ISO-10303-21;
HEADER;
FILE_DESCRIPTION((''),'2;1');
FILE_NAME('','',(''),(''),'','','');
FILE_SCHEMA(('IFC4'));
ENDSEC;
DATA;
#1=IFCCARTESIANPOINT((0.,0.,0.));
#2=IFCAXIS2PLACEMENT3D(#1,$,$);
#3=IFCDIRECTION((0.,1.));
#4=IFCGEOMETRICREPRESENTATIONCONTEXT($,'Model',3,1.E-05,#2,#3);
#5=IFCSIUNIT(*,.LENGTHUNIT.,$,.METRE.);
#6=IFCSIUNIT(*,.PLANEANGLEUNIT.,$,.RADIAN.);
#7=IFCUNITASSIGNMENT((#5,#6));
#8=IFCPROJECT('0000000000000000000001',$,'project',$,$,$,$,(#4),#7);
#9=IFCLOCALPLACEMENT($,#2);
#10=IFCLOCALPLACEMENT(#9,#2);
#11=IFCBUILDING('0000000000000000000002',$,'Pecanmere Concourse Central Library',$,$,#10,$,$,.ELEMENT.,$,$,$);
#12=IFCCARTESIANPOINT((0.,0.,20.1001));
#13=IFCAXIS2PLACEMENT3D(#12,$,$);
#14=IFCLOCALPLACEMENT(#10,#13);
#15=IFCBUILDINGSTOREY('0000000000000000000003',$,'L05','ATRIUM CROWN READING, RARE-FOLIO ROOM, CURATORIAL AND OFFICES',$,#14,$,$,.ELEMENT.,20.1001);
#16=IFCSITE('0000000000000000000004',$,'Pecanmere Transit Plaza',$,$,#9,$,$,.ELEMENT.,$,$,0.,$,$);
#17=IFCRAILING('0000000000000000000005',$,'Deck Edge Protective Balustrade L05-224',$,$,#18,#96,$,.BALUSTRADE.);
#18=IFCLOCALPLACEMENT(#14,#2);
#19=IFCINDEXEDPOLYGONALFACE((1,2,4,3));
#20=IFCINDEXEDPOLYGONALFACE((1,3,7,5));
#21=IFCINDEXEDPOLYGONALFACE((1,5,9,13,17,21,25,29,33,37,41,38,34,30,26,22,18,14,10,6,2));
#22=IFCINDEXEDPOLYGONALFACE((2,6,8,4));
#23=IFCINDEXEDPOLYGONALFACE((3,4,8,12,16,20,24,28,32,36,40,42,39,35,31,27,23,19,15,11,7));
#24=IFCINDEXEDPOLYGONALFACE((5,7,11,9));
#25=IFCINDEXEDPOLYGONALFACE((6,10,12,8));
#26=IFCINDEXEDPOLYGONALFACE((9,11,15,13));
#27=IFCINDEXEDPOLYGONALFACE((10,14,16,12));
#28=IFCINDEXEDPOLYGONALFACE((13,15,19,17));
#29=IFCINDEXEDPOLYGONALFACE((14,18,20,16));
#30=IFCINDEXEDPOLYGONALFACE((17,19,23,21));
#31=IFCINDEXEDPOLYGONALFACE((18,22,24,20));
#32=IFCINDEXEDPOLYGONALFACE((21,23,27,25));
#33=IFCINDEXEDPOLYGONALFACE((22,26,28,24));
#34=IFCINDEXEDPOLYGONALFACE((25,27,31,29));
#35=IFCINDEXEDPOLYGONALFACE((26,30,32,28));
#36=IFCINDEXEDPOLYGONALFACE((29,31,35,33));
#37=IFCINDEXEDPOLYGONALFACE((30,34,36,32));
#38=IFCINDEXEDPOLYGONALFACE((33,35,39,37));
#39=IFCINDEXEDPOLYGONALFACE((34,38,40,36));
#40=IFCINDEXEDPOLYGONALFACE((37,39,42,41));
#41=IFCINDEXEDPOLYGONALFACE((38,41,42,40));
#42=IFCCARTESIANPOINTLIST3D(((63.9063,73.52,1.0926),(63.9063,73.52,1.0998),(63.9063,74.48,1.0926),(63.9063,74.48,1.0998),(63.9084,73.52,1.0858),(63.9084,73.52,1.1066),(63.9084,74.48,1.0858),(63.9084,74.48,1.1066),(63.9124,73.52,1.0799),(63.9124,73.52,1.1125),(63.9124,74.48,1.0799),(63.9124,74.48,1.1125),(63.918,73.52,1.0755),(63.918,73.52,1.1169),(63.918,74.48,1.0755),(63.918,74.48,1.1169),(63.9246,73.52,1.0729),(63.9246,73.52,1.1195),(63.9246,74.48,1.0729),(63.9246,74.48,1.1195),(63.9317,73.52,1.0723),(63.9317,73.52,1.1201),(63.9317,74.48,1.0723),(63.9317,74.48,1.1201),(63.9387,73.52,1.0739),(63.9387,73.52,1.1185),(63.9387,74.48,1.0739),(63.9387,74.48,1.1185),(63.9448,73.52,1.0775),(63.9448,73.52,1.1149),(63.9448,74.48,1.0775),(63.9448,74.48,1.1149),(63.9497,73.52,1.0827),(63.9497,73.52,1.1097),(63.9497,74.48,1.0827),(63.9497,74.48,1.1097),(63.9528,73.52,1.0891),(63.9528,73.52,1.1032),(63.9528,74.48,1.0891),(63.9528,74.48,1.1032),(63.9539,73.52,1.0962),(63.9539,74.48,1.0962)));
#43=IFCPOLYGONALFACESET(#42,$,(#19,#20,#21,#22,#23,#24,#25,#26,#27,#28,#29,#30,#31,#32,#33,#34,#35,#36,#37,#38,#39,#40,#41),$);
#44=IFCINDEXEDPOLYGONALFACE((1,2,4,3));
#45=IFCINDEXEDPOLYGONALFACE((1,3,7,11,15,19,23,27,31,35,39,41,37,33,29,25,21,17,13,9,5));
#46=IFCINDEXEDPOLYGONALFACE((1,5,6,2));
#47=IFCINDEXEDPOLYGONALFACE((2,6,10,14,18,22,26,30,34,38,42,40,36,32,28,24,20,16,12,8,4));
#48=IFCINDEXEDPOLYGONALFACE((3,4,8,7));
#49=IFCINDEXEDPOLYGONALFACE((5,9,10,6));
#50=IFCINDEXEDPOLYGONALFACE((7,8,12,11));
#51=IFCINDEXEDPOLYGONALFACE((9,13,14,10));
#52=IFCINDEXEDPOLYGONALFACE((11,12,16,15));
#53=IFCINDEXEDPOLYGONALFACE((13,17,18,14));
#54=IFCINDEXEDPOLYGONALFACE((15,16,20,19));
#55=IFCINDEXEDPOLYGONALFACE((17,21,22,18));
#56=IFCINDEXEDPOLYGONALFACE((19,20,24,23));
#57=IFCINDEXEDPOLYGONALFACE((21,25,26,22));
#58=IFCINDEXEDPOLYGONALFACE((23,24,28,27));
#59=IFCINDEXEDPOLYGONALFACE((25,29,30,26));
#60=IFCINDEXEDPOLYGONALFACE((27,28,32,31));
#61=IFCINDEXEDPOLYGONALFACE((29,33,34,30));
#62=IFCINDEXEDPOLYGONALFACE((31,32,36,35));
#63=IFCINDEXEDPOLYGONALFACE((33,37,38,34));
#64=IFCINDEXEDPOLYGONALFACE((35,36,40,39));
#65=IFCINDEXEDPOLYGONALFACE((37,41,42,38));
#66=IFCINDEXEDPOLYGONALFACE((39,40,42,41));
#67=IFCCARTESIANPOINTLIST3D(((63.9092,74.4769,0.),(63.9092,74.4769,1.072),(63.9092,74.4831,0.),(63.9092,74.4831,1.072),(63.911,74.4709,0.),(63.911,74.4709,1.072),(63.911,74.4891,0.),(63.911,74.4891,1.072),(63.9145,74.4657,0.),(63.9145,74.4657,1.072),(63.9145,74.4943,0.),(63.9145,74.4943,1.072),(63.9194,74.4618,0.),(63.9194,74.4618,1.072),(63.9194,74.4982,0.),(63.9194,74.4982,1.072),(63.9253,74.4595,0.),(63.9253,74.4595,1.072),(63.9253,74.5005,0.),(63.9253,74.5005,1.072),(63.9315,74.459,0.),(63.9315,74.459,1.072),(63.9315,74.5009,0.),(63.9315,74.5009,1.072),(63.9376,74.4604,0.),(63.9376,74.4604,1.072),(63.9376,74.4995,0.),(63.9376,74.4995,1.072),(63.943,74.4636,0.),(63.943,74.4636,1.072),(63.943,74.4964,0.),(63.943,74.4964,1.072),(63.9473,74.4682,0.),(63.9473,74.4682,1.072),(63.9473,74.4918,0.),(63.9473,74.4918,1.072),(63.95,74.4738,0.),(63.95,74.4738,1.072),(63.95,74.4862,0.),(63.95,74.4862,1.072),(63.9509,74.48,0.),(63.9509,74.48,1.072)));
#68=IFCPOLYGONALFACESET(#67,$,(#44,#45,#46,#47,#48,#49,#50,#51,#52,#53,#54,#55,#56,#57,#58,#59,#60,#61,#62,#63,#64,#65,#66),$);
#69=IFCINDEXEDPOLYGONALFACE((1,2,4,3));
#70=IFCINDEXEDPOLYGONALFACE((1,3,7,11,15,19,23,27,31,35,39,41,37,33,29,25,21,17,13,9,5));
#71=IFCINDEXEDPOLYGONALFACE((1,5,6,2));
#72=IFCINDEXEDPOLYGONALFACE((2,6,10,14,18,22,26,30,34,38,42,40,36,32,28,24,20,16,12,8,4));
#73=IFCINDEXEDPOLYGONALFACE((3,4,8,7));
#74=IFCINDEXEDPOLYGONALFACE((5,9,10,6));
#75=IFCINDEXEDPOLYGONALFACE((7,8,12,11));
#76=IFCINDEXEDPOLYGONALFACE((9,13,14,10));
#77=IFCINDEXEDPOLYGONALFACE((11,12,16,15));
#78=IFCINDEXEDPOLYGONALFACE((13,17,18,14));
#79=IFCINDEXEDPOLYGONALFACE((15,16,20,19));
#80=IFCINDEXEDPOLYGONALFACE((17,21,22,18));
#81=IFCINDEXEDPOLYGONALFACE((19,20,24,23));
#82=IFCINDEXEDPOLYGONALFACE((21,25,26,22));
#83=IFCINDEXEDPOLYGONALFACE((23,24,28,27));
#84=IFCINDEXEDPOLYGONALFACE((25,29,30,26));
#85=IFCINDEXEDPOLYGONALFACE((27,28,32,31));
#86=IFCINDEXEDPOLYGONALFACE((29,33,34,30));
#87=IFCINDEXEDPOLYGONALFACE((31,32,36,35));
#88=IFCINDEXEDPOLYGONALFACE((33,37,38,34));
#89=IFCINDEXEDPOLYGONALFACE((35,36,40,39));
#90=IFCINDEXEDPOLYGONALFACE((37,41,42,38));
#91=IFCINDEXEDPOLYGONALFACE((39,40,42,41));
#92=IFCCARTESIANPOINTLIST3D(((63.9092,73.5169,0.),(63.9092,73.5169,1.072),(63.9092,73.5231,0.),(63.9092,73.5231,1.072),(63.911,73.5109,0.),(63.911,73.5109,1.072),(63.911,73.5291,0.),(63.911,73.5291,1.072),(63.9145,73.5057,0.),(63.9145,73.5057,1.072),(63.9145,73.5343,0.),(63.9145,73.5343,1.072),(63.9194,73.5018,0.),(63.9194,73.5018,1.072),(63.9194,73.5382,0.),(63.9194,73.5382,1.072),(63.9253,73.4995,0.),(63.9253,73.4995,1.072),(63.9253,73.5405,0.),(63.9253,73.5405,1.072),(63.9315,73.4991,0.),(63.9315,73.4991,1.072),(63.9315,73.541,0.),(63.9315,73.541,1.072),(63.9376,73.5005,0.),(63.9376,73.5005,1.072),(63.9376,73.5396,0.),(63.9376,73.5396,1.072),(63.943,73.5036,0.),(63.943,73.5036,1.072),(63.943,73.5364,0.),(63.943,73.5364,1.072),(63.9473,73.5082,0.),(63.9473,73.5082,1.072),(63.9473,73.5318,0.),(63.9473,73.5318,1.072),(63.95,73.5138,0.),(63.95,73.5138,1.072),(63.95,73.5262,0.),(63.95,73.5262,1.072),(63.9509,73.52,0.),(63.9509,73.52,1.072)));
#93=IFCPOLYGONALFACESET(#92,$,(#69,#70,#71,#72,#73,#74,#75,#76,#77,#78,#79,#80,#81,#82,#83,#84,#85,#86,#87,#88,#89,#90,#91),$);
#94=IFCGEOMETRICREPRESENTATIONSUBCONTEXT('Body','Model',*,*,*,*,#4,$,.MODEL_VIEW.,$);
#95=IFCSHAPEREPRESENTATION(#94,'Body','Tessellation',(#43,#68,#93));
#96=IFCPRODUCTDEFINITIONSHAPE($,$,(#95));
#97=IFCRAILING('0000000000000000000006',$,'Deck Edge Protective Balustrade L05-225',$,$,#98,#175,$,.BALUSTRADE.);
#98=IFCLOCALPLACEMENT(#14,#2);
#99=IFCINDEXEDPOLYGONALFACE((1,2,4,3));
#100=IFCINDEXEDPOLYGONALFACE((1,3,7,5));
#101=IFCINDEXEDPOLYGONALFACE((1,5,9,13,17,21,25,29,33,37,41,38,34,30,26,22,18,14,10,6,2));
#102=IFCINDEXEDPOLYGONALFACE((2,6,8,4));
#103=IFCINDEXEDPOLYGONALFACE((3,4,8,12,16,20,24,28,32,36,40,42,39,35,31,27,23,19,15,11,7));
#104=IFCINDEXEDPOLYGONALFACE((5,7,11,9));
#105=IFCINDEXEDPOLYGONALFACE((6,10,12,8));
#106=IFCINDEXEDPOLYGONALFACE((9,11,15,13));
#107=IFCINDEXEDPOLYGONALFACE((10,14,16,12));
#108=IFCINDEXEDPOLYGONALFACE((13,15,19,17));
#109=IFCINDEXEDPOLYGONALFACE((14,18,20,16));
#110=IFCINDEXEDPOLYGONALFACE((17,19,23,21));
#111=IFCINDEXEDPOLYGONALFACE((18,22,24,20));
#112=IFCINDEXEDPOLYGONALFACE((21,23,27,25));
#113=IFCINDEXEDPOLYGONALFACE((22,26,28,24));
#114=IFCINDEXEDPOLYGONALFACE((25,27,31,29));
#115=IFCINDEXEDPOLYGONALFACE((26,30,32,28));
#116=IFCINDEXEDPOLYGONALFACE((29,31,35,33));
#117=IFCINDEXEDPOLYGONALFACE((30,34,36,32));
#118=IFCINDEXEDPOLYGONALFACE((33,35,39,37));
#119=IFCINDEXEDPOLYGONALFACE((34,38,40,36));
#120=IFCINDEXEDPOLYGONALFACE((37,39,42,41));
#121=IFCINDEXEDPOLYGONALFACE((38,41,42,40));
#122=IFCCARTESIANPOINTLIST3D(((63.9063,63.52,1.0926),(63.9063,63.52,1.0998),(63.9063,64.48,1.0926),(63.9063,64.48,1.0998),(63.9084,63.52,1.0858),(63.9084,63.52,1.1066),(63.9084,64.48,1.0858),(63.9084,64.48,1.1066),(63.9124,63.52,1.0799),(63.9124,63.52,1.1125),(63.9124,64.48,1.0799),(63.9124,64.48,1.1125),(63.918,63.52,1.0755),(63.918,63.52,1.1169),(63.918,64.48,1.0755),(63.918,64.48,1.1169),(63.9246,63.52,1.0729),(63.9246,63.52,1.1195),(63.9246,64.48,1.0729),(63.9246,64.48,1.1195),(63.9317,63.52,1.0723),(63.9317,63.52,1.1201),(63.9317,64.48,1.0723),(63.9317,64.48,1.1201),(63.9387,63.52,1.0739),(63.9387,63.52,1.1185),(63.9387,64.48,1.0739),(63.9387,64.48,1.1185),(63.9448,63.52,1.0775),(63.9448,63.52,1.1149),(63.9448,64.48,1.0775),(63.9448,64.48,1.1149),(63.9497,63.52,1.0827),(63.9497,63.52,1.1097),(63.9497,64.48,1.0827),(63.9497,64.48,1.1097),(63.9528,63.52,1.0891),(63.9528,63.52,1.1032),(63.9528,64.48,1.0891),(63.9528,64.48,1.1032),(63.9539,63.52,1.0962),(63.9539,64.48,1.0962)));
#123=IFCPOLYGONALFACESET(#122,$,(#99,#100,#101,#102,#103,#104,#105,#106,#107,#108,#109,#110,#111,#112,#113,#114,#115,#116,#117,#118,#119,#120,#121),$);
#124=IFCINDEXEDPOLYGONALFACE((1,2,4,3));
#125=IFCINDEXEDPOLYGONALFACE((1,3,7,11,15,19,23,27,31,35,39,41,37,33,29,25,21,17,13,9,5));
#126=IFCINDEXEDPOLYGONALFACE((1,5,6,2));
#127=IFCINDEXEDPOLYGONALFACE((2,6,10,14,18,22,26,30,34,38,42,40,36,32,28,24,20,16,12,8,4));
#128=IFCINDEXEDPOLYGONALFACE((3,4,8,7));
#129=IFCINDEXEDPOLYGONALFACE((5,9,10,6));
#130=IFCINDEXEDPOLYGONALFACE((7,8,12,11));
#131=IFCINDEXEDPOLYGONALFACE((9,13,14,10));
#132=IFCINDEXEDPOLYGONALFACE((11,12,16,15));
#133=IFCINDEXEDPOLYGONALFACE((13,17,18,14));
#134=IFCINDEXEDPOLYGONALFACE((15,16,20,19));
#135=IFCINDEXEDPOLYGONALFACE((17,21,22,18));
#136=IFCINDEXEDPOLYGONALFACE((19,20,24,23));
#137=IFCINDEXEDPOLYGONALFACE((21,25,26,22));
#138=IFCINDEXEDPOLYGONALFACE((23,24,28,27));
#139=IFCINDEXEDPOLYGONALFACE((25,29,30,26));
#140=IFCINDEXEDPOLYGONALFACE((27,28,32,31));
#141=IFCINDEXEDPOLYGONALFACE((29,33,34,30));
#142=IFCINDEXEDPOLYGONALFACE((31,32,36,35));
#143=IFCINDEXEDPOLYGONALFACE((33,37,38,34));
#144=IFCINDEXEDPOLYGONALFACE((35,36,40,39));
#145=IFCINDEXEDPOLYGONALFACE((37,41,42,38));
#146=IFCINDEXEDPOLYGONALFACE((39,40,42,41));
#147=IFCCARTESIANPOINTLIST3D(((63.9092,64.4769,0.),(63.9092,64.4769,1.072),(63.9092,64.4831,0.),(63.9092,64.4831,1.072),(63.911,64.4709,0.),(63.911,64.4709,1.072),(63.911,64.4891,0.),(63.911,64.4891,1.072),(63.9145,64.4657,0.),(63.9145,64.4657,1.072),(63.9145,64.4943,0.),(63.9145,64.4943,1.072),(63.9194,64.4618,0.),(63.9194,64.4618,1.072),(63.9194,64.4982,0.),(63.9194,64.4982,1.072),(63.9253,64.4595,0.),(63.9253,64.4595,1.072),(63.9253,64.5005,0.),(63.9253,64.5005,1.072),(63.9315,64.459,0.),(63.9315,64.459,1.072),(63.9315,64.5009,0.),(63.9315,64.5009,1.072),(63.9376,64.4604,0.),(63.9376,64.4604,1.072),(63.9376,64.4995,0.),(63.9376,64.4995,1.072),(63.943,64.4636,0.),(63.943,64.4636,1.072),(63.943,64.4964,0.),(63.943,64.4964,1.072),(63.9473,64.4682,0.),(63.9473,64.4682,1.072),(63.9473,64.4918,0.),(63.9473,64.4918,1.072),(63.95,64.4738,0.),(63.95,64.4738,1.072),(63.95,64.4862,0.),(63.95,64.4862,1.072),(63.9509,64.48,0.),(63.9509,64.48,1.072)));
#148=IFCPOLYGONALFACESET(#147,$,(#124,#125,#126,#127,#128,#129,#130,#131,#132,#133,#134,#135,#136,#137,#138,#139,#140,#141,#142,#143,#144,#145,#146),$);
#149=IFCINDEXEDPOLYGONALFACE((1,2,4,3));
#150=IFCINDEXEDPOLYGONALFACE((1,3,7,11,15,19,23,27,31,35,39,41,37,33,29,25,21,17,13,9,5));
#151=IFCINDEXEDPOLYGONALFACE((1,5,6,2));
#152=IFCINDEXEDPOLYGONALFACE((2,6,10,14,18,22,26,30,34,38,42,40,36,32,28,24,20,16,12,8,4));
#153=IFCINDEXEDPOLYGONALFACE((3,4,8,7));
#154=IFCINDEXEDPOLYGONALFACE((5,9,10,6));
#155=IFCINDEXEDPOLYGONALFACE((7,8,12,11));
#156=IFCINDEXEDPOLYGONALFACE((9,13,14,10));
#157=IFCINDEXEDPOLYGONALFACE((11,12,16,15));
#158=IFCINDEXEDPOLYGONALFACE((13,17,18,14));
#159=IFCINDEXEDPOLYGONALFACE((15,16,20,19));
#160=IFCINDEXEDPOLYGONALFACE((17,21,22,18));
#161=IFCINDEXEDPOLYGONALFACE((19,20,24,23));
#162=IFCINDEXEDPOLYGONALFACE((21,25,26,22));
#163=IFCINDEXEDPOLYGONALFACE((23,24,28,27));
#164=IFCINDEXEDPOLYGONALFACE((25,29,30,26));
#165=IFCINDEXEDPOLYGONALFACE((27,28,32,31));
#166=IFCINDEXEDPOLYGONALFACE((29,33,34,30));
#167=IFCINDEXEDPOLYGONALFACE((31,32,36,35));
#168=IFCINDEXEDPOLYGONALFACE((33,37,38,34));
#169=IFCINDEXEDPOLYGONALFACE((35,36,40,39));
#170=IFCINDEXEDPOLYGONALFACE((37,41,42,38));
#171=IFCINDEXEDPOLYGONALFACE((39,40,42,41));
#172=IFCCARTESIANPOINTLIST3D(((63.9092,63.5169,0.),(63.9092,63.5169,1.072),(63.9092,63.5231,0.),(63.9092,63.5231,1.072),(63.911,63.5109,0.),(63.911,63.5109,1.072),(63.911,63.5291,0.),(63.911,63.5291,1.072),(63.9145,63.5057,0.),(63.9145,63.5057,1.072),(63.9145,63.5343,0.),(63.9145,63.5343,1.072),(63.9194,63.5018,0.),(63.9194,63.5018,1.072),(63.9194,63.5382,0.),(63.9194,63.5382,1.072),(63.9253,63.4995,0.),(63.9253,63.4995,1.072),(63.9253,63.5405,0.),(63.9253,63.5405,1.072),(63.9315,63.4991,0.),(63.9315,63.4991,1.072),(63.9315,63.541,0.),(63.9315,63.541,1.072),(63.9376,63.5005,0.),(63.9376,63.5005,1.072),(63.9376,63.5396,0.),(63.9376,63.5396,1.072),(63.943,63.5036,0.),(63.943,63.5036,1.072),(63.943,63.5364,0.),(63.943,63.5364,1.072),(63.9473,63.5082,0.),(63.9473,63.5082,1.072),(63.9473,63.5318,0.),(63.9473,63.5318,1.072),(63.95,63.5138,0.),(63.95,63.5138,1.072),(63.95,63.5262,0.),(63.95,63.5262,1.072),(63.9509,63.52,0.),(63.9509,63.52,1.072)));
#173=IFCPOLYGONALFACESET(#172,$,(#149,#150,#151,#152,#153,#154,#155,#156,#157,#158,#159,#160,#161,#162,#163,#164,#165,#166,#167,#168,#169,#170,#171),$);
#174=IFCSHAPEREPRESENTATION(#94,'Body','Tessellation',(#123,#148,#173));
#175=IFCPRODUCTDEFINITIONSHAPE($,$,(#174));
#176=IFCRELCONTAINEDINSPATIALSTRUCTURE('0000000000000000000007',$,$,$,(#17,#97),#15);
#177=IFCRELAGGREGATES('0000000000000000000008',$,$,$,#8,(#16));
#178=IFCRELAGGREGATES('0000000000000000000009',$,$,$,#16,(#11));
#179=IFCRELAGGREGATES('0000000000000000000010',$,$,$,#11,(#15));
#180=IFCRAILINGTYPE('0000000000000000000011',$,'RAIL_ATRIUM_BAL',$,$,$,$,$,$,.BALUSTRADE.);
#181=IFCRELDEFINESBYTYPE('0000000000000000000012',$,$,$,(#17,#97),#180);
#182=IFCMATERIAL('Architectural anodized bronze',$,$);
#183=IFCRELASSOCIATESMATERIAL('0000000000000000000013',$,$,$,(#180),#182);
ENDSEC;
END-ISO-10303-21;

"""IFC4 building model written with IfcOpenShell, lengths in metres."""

from ifc_helpers import new_model, si_unit, direction, frame, origin, origin_2d, place, context, subcontext, project, spatial, circle, extrude, material, type_object, element, save


model = new_model("IFC4")

# Units and contexts
model_context = context("Model", 3, precision=1e-05, world=origin(), true_north=direction((0.0, 1.0)))
body_context = subcontext(model_context, "Body", "Model", "MODEL_VIEW")
ifc_project = project(units=[si_unit("LENGTHUNIT", "METRE"), si_unit("PLANEANGLEUNIT", "RADIAN")], contexts=[model_context])

# Site, building, storey
site_placement = place(None, origin())
site = spatial("IfcSite", under=ifc_project, at=site_placement, Name="Pecanmere Transit Plaza", CompositionType="ELEMENT", RefElevation=0.0)
building_placement = place(site_placement, origin())
building = spatial("IfcBuilding", under=site, at=building_placement, Name="Pecanmere Concourse Central Library", CompositionType="ELEMENT")
storey_placement = place(building_placement, frame((0.0, 0.0, 20.1001)))
storey = spatial("IfcBuildingStorey", under=building, at=storey_placement, Name="L05", Description="ATRIUM CROWN READING, RARE-FOLIO ROOM, CURATORIAL AND OFFICES", CompositionType="ELEMENT", Elevation=20.1001)

# Railings
ifc_material_1 = material(Name="Architectural anodized bronze")
railing_type = type_object("IfcRailingType", Name="RAIL_ATRIUM_BAL", PredefinedType="BALUSTRADE", material=ifc_material_1)
for number, where, name in (
    (1, (63.9299, 74.48, 0.0), "Deck Edge Protective Balustrade L05-224"),
    (2, (63.9299, 64.48, 0.0), "Deck Edge Protective Balustrade L05-225"),
):
    element("IfcRailing", number, at=place(storey_placement, frame(where)), inside=storey, type_object=railing_type, Name=name, PredefinedType="BALUSTRADE", context=body_context, shape_type="SweptSolid", body=[
        extrude(circle(Radius=0.0239, at=origin_2d()), frame((0.0, 0.0, 1.0962), z_axis=(0.0, -1.0, 0.0), x_axis=(1.0, 0.0, 0.0)), (0.0, 0.0, 1.0), 0.96),
        extrude(circle(Radius=0.021, at=origin_2d()), origin(), (0.0, 0.0, 1.0), 1.072),
        extrude(circle(Radius=0.021, at=origin_2d()), frame((0.0, -0.96, 0.0)), (0.0, 0.0, 1.0), 1.072),
    ])

save(model, "model.ifc")
